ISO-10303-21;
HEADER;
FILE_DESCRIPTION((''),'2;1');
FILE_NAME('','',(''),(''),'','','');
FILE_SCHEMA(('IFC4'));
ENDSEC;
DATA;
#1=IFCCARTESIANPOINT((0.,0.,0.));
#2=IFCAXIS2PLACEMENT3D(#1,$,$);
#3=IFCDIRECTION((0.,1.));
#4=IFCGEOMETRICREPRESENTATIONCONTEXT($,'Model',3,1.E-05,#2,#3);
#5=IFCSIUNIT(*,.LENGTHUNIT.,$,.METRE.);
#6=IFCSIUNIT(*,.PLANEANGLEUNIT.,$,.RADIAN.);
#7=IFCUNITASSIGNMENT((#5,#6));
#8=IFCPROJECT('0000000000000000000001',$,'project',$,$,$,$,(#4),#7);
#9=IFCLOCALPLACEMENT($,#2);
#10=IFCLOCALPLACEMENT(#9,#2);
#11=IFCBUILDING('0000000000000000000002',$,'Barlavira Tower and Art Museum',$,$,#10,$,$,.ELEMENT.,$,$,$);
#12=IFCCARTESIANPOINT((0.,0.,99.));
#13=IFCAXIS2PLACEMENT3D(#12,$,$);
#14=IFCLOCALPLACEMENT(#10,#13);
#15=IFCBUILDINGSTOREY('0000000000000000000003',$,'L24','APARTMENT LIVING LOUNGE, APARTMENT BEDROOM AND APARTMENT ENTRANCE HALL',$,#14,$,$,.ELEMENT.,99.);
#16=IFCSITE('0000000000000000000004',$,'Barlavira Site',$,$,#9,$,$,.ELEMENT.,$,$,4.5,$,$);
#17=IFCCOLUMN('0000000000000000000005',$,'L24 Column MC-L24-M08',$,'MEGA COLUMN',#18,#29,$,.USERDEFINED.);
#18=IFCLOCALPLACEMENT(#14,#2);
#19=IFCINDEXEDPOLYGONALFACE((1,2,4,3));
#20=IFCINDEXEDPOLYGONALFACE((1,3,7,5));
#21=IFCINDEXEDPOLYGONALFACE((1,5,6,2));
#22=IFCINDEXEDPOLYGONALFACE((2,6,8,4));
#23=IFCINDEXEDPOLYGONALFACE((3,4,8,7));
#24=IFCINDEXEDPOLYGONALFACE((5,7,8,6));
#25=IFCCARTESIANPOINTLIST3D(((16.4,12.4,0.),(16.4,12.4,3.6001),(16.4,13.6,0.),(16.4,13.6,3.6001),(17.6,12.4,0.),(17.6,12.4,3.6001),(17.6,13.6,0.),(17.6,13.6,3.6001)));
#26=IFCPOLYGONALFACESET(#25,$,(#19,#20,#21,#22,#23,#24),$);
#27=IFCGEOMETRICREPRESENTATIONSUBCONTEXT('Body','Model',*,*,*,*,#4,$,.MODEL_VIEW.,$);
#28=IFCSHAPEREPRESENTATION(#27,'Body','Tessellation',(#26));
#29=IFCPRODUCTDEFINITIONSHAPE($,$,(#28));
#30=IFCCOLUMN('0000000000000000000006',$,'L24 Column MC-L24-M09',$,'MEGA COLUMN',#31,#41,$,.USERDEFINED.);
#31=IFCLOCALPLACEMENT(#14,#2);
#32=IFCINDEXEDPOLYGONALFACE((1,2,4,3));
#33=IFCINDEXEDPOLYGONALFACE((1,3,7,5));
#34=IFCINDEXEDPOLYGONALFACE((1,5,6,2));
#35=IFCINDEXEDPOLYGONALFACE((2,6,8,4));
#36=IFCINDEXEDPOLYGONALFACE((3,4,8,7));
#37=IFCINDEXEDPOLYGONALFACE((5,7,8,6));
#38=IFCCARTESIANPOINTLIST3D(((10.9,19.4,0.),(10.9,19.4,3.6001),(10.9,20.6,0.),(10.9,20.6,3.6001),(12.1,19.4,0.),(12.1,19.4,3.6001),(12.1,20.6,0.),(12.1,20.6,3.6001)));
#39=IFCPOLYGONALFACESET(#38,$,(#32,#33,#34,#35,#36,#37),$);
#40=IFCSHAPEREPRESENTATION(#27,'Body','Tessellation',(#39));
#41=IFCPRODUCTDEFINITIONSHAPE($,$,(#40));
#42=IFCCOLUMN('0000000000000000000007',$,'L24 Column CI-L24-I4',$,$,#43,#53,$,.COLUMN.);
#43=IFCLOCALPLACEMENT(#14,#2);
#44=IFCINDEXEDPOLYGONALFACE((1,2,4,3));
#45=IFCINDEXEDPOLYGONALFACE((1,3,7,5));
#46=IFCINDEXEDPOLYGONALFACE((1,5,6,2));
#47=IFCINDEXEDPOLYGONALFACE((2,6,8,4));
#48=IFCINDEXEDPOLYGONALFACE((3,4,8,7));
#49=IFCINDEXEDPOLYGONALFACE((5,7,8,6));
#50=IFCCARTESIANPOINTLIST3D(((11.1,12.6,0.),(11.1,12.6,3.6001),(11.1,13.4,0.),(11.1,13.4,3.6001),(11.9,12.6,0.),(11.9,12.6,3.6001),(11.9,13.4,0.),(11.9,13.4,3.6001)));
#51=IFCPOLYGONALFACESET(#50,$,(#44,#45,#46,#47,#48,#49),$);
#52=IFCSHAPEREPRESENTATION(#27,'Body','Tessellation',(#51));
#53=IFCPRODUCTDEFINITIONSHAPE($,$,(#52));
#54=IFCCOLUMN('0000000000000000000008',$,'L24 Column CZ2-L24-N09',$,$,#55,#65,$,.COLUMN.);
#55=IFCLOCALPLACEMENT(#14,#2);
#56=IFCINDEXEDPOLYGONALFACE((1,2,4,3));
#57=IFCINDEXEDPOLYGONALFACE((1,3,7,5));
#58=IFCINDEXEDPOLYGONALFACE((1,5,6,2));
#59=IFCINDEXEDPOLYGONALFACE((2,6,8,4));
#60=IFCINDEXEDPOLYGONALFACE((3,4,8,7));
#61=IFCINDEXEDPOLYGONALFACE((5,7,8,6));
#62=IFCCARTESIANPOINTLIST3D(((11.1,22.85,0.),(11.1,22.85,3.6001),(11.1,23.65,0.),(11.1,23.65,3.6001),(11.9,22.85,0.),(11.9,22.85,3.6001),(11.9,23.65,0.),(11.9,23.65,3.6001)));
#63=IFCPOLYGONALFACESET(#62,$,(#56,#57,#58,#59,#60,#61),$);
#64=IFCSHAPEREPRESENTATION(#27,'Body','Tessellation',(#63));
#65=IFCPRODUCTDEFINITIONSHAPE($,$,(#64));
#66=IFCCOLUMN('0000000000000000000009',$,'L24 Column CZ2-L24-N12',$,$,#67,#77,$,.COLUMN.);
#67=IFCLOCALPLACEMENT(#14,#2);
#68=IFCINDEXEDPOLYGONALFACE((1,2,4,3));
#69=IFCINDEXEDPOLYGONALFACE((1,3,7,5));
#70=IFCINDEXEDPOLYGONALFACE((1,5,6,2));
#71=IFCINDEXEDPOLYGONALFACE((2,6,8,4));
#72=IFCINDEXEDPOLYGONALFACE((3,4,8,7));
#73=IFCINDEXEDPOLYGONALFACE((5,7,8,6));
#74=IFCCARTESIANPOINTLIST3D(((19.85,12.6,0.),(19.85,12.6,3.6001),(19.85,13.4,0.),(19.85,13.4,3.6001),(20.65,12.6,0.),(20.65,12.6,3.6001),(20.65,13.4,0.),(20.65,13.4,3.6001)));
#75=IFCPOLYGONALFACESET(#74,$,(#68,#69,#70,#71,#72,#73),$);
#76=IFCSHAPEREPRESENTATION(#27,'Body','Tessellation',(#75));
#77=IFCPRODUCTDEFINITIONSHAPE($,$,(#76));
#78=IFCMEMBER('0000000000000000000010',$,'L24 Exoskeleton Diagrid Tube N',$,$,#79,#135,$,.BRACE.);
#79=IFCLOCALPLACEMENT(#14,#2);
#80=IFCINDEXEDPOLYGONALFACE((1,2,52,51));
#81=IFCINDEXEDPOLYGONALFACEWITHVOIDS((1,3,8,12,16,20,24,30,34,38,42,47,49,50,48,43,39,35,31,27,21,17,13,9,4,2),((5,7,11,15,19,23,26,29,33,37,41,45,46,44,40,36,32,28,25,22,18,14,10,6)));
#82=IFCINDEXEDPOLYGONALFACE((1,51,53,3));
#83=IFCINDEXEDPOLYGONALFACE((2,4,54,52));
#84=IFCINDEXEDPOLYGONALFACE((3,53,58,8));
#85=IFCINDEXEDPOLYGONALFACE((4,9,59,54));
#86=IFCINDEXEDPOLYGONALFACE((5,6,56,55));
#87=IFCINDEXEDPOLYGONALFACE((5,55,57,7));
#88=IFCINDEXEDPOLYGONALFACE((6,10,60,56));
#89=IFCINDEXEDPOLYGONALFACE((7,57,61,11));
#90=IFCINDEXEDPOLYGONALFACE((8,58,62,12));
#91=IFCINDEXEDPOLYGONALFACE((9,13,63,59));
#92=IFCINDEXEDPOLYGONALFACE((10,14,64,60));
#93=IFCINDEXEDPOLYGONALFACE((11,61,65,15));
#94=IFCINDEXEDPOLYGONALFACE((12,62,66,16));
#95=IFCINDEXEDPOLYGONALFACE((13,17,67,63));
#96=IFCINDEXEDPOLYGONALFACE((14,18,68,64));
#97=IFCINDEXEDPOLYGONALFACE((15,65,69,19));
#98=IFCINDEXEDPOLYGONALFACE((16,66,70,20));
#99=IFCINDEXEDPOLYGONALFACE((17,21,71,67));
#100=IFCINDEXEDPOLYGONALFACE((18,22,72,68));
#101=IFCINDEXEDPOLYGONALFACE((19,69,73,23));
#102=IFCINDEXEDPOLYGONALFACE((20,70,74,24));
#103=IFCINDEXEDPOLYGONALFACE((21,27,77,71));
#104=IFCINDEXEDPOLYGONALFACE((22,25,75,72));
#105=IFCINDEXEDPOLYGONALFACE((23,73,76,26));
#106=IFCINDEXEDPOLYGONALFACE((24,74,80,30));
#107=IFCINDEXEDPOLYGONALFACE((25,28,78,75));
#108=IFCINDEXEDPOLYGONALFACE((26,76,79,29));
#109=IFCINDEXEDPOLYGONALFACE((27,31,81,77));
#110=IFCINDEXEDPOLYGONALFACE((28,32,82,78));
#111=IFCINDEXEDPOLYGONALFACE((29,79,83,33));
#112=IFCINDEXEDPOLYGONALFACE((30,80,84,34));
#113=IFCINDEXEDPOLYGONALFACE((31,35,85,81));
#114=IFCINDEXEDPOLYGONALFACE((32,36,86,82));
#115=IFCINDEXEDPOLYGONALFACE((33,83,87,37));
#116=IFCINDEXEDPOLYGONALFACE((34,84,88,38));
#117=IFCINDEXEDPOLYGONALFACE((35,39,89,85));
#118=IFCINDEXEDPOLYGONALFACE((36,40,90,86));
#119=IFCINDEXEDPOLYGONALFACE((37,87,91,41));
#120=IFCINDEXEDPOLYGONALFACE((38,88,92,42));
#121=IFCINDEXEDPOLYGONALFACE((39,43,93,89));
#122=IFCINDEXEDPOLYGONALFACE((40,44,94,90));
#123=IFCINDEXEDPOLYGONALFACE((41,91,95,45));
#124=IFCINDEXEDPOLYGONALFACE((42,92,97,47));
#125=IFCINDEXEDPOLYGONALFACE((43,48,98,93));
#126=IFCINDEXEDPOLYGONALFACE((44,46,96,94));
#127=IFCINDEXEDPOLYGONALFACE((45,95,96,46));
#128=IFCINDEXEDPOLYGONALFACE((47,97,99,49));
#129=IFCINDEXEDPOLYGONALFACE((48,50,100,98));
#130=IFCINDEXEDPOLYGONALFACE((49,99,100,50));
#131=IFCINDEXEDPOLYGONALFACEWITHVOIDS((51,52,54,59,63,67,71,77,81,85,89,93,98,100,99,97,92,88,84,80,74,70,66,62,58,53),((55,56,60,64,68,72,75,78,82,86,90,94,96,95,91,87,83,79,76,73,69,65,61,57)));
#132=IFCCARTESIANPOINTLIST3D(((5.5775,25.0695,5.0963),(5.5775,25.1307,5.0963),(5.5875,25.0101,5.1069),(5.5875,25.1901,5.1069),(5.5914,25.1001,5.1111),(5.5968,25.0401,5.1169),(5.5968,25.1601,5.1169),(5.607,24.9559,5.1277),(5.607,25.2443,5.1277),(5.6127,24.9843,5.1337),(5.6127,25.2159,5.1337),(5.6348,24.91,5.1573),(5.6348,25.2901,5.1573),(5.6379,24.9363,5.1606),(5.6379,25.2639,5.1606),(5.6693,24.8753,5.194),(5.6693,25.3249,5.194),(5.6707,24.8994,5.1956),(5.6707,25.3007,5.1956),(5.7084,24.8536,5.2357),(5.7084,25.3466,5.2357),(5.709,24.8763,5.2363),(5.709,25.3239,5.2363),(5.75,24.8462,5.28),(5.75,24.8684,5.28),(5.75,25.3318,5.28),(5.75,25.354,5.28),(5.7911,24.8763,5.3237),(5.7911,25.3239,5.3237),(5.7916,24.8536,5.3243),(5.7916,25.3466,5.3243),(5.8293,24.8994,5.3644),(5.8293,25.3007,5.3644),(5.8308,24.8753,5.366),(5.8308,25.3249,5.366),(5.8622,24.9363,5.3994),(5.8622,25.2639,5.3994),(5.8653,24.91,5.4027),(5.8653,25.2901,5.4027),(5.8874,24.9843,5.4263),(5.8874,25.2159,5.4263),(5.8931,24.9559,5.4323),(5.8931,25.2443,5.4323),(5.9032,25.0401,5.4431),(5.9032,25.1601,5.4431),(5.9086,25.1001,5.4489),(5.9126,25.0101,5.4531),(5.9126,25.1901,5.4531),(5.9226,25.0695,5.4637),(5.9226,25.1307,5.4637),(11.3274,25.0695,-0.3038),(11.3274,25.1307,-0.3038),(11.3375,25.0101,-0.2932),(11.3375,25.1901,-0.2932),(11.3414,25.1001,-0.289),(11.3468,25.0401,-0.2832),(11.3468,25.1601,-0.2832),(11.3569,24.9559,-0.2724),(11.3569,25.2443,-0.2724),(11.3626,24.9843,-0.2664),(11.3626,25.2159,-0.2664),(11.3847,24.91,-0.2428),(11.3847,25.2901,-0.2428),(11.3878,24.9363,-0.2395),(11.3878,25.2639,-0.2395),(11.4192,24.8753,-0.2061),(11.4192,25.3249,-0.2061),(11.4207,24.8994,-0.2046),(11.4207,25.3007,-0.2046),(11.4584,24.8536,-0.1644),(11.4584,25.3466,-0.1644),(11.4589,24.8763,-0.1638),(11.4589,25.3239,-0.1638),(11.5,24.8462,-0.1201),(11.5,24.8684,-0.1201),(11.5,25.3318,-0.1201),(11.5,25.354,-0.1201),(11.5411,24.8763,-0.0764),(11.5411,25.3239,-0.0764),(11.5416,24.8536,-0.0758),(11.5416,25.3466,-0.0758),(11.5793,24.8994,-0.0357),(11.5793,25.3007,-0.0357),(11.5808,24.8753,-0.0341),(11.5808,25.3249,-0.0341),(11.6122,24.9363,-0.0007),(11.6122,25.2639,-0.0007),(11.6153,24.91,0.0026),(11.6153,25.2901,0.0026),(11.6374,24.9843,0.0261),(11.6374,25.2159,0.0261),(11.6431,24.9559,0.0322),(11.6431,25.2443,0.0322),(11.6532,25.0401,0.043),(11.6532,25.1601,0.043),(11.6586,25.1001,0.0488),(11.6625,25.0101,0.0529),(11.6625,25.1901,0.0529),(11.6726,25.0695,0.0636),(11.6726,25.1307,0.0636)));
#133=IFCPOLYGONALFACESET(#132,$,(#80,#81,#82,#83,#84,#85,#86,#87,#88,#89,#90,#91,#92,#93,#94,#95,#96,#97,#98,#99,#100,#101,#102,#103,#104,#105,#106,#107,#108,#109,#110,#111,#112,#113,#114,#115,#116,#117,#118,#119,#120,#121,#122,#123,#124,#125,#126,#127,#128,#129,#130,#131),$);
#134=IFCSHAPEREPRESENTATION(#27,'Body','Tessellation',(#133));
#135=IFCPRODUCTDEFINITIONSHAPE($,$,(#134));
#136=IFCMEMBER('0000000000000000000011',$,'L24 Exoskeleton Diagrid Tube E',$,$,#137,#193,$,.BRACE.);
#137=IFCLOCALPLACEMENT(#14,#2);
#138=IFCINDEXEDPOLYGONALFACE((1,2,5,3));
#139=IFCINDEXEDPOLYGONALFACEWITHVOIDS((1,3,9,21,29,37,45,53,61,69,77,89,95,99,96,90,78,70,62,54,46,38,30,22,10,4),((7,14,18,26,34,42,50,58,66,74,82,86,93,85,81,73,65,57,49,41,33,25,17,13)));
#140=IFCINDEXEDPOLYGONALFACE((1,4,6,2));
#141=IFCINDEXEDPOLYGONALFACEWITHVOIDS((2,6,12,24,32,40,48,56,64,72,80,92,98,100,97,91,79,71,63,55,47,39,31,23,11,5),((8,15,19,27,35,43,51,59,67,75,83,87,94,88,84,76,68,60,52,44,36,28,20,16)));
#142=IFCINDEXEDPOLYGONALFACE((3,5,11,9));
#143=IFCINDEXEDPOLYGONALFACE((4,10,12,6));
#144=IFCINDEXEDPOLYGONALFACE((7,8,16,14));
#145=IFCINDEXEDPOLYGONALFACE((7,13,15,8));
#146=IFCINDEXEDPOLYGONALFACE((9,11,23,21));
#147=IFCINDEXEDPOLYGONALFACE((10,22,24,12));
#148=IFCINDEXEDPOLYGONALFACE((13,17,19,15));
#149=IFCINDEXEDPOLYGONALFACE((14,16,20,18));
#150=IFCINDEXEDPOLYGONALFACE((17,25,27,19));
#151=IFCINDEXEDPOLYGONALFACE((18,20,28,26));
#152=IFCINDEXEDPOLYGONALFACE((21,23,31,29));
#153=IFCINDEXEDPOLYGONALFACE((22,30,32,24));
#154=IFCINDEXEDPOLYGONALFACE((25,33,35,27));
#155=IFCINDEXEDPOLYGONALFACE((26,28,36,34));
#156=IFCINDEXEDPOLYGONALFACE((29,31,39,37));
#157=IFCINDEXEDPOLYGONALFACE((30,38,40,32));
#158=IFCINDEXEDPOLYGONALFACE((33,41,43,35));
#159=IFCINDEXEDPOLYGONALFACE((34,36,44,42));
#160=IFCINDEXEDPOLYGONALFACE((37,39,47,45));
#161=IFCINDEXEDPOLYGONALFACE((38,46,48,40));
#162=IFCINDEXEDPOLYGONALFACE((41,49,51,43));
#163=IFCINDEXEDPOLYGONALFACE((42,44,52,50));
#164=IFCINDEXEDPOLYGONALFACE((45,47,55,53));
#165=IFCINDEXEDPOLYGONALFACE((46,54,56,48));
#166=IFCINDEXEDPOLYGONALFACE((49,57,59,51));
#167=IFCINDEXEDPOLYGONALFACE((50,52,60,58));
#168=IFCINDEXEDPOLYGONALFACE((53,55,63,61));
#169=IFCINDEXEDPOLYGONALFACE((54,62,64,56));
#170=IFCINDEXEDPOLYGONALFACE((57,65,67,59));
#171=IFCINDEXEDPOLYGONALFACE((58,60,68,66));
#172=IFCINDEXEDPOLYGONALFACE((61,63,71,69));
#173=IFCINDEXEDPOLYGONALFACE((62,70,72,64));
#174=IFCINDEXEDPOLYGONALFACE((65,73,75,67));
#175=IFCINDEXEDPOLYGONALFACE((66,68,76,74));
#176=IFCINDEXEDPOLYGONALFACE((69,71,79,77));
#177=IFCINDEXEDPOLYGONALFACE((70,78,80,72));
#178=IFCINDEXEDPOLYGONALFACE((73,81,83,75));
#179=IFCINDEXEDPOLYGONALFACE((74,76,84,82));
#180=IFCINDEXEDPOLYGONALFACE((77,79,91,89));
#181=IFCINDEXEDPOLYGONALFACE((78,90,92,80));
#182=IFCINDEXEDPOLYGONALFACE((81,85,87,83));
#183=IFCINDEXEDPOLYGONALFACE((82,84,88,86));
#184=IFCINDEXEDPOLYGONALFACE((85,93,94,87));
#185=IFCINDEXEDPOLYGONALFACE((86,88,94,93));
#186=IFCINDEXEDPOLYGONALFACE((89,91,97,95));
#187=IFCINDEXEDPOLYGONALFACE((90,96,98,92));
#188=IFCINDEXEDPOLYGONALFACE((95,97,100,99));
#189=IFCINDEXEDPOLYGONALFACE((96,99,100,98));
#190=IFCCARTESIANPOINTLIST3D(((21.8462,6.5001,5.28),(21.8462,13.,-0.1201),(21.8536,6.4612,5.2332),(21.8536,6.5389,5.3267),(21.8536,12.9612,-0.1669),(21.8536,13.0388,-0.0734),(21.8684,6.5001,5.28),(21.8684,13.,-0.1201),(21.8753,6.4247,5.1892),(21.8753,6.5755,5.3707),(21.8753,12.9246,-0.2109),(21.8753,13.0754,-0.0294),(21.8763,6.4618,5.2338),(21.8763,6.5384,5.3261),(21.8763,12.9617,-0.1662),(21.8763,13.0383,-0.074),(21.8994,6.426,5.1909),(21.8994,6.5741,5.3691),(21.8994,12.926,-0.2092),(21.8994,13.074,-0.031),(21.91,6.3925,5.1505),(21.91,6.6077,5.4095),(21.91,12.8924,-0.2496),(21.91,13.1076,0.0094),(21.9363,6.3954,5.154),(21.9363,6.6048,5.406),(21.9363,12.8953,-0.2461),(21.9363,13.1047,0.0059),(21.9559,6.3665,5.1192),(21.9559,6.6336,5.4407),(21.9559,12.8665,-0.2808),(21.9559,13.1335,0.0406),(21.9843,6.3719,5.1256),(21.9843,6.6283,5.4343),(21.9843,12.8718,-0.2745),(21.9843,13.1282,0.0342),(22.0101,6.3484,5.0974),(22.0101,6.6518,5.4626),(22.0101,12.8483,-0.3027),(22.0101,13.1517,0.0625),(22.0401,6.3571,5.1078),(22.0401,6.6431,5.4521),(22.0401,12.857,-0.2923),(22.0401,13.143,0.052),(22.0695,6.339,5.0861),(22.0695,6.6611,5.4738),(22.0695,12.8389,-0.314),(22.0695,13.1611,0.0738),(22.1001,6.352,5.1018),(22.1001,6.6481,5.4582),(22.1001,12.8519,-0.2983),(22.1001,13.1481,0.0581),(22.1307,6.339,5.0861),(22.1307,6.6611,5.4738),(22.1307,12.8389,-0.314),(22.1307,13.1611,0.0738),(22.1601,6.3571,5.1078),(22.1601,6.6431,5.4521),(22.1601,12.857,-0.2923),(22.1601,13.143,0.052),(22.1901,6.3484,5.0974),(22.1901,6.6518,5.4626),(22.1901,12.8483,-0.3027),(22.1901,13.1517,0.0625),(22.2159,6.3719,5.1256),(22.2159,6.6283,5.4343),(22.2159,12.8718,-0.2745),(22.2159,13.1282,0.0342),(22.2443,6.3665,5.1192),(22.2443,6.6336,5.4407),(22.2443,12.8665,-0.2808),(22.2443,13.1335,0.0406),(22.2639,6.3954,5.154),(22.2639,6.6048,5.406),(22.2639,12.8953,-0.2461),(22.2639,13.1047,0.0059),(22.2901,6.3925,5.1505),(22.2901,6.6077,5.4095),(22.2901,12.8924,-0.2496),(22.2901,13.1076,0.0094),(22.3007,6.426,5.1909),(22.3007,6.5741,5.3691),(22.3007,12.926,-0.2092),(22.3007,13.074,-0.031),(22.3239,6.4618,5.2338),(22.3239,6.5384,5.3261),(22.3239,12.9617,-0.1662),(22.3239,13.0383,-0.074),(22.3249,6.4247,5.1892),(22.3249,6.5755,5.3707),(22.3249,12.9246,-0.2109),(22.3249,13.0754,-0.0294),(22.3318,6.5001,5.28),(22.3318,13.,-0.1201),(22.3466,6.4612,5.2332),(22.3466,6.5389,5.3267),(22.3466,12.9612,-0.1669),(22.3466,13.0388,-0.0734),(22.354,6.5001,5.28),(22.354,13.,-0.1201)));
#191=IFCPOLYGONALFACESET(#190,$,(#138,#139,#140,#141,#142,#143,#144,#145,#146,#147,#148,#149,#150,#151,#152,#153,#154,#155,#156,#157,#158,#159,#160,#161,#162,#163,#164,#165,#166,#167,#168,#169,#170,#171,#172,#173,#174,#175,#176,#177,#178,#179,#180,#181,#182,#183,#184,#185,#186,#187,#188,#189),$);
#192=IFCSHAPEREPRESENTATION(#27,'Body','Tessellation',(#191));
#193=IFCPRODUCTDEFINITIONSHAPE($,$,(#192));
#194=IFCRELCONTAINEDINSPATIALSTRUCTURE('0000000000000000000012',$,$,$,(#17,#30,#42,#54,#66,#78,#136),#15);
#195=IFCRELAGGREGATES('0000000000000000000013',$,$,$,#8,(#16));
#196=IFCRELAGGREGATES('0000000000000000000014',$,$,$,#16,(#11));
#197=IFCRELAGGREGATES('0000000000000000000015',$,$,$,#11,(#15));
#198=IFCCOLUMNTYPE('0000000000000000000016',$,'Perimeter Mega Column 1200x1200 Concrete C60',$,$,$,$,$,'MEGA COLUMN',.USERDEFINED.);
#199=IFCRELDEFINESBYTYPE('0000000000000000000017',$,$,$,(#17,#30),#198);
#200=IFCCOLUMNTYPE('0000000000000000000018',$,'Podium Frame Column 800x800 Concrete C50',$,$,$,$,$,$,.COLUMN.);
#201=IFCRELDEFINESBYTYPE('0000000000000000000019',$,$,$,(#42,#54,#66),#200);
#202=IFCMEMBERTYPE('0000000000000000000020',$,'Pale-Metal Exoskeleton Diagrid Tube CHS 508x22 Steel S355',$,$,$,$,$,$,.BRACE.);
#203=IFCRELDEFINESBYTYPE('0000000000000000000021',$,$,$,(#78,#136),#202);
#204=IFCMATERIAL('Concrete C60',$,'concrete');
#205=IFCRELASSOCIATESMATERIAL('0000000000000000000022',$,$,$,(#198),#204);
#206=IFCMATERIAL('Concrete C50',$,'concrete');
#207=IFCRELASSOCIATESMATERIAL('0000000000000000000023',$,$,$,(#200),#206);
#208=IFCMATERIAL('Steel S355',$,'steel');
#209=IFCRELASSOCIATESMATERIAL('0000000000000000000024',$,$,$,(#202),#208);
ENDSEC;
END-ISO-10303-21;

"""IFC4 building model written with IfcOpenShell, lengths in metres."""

from ifc_helpers import new_model, si_unit, direction, frame, origin, origin_2d, place, context, subcontext, project, spatial, rectangle, hollow_circle, extrude, material, material_profile, profile_set, type_object, element, save


model = new_model("IFC4")

# Units and contexts
model_context = context("Model", 3, precision=1e-05, world=origin(), true_north=direction((0.0, 1.0)))
body_context = subcontext(model_context, "Body", "Model", "MODEL_VIEW")
ifc_project = project(units=[si_unit("LENGTHUNIT", "METRE"), si_unit("PLANEANGLEUNIT", "RADIAN")], contexts=[model_context])

# Site, building, storey
site_placement = place(None, origin())
site = spatial("IfcSite", under=ifc_project, at=site_placement, Name="Barlavira Site", CompositionType="ELEMENT", RefElevation=4.5)
building_placement = place(site_placement, origin())
building = spatial("IfcBuilding", under=site, at=building_placement, Name="Barlavira Tower and Art Museum", CompositionType="ELEMENT")
storey_placement = place(building_placement, frame((0.0, 0.0, 99.0)))
storey = spatial("IfcBuildingStorey", under=building, at=storey_placement, Name="L24", Description="APARTMENT LIVING LOUNGE, APARTMENT BEDROOM AND APARTMENT ENTRANCE HALL", CompositionType="ELEMENT", Elevation=99.0)

# Columns
ifc_material_1 = material(Name="Concrete C60", Category="concrete")
ifc_material_profile_1 = material_profile(ifc_material_1, rectangle(XDim=1.2, YDim=1.2, at=origin_2d()), Name="RC-COL 1200x1200")
ifc_profile_set_1 = profile_set([ifc_material_profile_1], Name="Concrete C60")
column_type_1 = type_object("IfcColumnType", Name="Perimeter Mega Column 1200x1200 Concrete C60", ElementType="MEGA COLUMN", PredefinedType="USERDEFINED", material=ifc_profile_set_1)
for number, where, z_axis, x_axis, name in (
    (1, (17.0, 13.0, 0.0), (0.0, 0.0, 1.0), (1.0, 0.0, 0.0), "L24 Column MC-L24-M08"),
    (2, (11.5, 20.0, 0.0), (0.0, 0.0, 1.0), (1.0, 0.0, 0.0), "L24 Column MC-L24-M09"),
):
    element("IfcColumn", number, at=place(storey_placement, frame(where, z_axis=z_axis, x_axis=x_axis)), inside=storey, type_object=column_type_1, Name=name, ObjectType="MEGA COLUMN", PredefinedType="USERDEFINED", context=body_context, shape_type="SweptSolid", body=[
        extrude(rectangle(XDim=1.2, YDim=1.2, at=origin_2d()), origin(), (0.0, 0.0, 1.0), 3.6001),
    ])
ifc_material_2 = material(Name="Concrete C50", Category="concrete")
ifc_material_profile_2 = material_profile(ifc_material_2, rectangle(XDim=0.8, YDim=0.8, at=origin_2d()), Name="RC-COL 800x800")
ifc_profile_set_2 = profile_set([ifc_material_profile_2], Name="Concrete C50")
column_type_2 = type_object("IfcColumnType", Name="Podium Frame Column 800x800 Concrete C50", PredefinedType="COLUMN", material=ifc_profile_set_2)
for number, where, z_axis, x_axis, name in (
    (3, (11.5, 13.0, 0.0), (0.0, 0.0, 1.0), (1.0, 0.0, 0.0), "L24 Column CI-L24-I4"),
    (4, (11.5, 23.25, 0.0), (0.0, 0.0, 1.0), (1.0, 0.0, 0.0), "L24 Column CZ2-L24-N09"),
    (5, (20.25, 13.0, 0.0), (0.0, 0.0, 1.0), (1.0, 0.0, 0.0), "L24 Column CZ2-L24-N12"),
):
    element("IfcColumn", number, at=place(storey_placement, frame(where, z_axis=z_axis, x_axis=x_axis)), inside=storey, type_object=column_type_2, Name=name, PredefinedType="COLUMN", context=body_context, shape_type="SweptSolid", body=[
        extrude(rectangle(XDim=0.8, YDim=0.8, at=origin_2d()), origin(), (0.0, 0.0, 1.0), 3.6001),
    ])

# Members
ifc_material_3 = material(Name="Steel S355", Category="steel")
ifc_material_profile_3 = material_profile(ifc_material_3, hollow_circle(Radius=0.2539, WallThickness=0.0222, at=origin_2d()), Name="CHS 508.0x22.2")
ifc_profile_set_3 = profile_set([ifc_material_profile_3], Name="Steel S355")
member_type_1 = type_object("IfcMemberType", Name="Pale-Metal Exoskeleton Diagrid Tube CHS 508x22 Steel S355", PredefinedType="BRACE", material=ifc_profile_set_3)
member_1_placement = place(storey_placement, frame((11.5, 25.1001, -0.1201), z_axis=(-0.728935, 0.0, 0.684583), x_axis=(0.0, -1.0, 0.0)))
element("IfcMember", 6, at=member_1_placement, inside=storey, type_object=member_type_1, Name="L24 Exoskeleton Diagrid Tube N", PredefinedType="BRACE", context=body_context, shape_type="SweptSolid", body=[
    extrude(hollow_circle(Radius=0.2539, WallThickness=0.0222, at=origin_2d()), origin(), (0.0, 0.0, 1.0), 7.8882),
])
member_2_placement = place(storey_placement, frame((22.1001, 13.0, -0.1201), z_axis=(0.0, -0.769182, 0.63903), x_axis=(1.0, 0.0, 0.0)))
element("IfcMember", 7, at=member_2_placement, inside=storey, type_object=member_type_1, Name="L24 Exoskeleton Diagrid Tube E", PredefinedType="BRACE", context=body_context, shape_type="SweptSolid", body=[
    extrude(hollow_circle(Radius=0.2539, WallThickness=0.0222, at=origin_2d()), origin(), (0.0, 0.0, 1.0), 8.4504),
])

save(model, "model.ifc")
